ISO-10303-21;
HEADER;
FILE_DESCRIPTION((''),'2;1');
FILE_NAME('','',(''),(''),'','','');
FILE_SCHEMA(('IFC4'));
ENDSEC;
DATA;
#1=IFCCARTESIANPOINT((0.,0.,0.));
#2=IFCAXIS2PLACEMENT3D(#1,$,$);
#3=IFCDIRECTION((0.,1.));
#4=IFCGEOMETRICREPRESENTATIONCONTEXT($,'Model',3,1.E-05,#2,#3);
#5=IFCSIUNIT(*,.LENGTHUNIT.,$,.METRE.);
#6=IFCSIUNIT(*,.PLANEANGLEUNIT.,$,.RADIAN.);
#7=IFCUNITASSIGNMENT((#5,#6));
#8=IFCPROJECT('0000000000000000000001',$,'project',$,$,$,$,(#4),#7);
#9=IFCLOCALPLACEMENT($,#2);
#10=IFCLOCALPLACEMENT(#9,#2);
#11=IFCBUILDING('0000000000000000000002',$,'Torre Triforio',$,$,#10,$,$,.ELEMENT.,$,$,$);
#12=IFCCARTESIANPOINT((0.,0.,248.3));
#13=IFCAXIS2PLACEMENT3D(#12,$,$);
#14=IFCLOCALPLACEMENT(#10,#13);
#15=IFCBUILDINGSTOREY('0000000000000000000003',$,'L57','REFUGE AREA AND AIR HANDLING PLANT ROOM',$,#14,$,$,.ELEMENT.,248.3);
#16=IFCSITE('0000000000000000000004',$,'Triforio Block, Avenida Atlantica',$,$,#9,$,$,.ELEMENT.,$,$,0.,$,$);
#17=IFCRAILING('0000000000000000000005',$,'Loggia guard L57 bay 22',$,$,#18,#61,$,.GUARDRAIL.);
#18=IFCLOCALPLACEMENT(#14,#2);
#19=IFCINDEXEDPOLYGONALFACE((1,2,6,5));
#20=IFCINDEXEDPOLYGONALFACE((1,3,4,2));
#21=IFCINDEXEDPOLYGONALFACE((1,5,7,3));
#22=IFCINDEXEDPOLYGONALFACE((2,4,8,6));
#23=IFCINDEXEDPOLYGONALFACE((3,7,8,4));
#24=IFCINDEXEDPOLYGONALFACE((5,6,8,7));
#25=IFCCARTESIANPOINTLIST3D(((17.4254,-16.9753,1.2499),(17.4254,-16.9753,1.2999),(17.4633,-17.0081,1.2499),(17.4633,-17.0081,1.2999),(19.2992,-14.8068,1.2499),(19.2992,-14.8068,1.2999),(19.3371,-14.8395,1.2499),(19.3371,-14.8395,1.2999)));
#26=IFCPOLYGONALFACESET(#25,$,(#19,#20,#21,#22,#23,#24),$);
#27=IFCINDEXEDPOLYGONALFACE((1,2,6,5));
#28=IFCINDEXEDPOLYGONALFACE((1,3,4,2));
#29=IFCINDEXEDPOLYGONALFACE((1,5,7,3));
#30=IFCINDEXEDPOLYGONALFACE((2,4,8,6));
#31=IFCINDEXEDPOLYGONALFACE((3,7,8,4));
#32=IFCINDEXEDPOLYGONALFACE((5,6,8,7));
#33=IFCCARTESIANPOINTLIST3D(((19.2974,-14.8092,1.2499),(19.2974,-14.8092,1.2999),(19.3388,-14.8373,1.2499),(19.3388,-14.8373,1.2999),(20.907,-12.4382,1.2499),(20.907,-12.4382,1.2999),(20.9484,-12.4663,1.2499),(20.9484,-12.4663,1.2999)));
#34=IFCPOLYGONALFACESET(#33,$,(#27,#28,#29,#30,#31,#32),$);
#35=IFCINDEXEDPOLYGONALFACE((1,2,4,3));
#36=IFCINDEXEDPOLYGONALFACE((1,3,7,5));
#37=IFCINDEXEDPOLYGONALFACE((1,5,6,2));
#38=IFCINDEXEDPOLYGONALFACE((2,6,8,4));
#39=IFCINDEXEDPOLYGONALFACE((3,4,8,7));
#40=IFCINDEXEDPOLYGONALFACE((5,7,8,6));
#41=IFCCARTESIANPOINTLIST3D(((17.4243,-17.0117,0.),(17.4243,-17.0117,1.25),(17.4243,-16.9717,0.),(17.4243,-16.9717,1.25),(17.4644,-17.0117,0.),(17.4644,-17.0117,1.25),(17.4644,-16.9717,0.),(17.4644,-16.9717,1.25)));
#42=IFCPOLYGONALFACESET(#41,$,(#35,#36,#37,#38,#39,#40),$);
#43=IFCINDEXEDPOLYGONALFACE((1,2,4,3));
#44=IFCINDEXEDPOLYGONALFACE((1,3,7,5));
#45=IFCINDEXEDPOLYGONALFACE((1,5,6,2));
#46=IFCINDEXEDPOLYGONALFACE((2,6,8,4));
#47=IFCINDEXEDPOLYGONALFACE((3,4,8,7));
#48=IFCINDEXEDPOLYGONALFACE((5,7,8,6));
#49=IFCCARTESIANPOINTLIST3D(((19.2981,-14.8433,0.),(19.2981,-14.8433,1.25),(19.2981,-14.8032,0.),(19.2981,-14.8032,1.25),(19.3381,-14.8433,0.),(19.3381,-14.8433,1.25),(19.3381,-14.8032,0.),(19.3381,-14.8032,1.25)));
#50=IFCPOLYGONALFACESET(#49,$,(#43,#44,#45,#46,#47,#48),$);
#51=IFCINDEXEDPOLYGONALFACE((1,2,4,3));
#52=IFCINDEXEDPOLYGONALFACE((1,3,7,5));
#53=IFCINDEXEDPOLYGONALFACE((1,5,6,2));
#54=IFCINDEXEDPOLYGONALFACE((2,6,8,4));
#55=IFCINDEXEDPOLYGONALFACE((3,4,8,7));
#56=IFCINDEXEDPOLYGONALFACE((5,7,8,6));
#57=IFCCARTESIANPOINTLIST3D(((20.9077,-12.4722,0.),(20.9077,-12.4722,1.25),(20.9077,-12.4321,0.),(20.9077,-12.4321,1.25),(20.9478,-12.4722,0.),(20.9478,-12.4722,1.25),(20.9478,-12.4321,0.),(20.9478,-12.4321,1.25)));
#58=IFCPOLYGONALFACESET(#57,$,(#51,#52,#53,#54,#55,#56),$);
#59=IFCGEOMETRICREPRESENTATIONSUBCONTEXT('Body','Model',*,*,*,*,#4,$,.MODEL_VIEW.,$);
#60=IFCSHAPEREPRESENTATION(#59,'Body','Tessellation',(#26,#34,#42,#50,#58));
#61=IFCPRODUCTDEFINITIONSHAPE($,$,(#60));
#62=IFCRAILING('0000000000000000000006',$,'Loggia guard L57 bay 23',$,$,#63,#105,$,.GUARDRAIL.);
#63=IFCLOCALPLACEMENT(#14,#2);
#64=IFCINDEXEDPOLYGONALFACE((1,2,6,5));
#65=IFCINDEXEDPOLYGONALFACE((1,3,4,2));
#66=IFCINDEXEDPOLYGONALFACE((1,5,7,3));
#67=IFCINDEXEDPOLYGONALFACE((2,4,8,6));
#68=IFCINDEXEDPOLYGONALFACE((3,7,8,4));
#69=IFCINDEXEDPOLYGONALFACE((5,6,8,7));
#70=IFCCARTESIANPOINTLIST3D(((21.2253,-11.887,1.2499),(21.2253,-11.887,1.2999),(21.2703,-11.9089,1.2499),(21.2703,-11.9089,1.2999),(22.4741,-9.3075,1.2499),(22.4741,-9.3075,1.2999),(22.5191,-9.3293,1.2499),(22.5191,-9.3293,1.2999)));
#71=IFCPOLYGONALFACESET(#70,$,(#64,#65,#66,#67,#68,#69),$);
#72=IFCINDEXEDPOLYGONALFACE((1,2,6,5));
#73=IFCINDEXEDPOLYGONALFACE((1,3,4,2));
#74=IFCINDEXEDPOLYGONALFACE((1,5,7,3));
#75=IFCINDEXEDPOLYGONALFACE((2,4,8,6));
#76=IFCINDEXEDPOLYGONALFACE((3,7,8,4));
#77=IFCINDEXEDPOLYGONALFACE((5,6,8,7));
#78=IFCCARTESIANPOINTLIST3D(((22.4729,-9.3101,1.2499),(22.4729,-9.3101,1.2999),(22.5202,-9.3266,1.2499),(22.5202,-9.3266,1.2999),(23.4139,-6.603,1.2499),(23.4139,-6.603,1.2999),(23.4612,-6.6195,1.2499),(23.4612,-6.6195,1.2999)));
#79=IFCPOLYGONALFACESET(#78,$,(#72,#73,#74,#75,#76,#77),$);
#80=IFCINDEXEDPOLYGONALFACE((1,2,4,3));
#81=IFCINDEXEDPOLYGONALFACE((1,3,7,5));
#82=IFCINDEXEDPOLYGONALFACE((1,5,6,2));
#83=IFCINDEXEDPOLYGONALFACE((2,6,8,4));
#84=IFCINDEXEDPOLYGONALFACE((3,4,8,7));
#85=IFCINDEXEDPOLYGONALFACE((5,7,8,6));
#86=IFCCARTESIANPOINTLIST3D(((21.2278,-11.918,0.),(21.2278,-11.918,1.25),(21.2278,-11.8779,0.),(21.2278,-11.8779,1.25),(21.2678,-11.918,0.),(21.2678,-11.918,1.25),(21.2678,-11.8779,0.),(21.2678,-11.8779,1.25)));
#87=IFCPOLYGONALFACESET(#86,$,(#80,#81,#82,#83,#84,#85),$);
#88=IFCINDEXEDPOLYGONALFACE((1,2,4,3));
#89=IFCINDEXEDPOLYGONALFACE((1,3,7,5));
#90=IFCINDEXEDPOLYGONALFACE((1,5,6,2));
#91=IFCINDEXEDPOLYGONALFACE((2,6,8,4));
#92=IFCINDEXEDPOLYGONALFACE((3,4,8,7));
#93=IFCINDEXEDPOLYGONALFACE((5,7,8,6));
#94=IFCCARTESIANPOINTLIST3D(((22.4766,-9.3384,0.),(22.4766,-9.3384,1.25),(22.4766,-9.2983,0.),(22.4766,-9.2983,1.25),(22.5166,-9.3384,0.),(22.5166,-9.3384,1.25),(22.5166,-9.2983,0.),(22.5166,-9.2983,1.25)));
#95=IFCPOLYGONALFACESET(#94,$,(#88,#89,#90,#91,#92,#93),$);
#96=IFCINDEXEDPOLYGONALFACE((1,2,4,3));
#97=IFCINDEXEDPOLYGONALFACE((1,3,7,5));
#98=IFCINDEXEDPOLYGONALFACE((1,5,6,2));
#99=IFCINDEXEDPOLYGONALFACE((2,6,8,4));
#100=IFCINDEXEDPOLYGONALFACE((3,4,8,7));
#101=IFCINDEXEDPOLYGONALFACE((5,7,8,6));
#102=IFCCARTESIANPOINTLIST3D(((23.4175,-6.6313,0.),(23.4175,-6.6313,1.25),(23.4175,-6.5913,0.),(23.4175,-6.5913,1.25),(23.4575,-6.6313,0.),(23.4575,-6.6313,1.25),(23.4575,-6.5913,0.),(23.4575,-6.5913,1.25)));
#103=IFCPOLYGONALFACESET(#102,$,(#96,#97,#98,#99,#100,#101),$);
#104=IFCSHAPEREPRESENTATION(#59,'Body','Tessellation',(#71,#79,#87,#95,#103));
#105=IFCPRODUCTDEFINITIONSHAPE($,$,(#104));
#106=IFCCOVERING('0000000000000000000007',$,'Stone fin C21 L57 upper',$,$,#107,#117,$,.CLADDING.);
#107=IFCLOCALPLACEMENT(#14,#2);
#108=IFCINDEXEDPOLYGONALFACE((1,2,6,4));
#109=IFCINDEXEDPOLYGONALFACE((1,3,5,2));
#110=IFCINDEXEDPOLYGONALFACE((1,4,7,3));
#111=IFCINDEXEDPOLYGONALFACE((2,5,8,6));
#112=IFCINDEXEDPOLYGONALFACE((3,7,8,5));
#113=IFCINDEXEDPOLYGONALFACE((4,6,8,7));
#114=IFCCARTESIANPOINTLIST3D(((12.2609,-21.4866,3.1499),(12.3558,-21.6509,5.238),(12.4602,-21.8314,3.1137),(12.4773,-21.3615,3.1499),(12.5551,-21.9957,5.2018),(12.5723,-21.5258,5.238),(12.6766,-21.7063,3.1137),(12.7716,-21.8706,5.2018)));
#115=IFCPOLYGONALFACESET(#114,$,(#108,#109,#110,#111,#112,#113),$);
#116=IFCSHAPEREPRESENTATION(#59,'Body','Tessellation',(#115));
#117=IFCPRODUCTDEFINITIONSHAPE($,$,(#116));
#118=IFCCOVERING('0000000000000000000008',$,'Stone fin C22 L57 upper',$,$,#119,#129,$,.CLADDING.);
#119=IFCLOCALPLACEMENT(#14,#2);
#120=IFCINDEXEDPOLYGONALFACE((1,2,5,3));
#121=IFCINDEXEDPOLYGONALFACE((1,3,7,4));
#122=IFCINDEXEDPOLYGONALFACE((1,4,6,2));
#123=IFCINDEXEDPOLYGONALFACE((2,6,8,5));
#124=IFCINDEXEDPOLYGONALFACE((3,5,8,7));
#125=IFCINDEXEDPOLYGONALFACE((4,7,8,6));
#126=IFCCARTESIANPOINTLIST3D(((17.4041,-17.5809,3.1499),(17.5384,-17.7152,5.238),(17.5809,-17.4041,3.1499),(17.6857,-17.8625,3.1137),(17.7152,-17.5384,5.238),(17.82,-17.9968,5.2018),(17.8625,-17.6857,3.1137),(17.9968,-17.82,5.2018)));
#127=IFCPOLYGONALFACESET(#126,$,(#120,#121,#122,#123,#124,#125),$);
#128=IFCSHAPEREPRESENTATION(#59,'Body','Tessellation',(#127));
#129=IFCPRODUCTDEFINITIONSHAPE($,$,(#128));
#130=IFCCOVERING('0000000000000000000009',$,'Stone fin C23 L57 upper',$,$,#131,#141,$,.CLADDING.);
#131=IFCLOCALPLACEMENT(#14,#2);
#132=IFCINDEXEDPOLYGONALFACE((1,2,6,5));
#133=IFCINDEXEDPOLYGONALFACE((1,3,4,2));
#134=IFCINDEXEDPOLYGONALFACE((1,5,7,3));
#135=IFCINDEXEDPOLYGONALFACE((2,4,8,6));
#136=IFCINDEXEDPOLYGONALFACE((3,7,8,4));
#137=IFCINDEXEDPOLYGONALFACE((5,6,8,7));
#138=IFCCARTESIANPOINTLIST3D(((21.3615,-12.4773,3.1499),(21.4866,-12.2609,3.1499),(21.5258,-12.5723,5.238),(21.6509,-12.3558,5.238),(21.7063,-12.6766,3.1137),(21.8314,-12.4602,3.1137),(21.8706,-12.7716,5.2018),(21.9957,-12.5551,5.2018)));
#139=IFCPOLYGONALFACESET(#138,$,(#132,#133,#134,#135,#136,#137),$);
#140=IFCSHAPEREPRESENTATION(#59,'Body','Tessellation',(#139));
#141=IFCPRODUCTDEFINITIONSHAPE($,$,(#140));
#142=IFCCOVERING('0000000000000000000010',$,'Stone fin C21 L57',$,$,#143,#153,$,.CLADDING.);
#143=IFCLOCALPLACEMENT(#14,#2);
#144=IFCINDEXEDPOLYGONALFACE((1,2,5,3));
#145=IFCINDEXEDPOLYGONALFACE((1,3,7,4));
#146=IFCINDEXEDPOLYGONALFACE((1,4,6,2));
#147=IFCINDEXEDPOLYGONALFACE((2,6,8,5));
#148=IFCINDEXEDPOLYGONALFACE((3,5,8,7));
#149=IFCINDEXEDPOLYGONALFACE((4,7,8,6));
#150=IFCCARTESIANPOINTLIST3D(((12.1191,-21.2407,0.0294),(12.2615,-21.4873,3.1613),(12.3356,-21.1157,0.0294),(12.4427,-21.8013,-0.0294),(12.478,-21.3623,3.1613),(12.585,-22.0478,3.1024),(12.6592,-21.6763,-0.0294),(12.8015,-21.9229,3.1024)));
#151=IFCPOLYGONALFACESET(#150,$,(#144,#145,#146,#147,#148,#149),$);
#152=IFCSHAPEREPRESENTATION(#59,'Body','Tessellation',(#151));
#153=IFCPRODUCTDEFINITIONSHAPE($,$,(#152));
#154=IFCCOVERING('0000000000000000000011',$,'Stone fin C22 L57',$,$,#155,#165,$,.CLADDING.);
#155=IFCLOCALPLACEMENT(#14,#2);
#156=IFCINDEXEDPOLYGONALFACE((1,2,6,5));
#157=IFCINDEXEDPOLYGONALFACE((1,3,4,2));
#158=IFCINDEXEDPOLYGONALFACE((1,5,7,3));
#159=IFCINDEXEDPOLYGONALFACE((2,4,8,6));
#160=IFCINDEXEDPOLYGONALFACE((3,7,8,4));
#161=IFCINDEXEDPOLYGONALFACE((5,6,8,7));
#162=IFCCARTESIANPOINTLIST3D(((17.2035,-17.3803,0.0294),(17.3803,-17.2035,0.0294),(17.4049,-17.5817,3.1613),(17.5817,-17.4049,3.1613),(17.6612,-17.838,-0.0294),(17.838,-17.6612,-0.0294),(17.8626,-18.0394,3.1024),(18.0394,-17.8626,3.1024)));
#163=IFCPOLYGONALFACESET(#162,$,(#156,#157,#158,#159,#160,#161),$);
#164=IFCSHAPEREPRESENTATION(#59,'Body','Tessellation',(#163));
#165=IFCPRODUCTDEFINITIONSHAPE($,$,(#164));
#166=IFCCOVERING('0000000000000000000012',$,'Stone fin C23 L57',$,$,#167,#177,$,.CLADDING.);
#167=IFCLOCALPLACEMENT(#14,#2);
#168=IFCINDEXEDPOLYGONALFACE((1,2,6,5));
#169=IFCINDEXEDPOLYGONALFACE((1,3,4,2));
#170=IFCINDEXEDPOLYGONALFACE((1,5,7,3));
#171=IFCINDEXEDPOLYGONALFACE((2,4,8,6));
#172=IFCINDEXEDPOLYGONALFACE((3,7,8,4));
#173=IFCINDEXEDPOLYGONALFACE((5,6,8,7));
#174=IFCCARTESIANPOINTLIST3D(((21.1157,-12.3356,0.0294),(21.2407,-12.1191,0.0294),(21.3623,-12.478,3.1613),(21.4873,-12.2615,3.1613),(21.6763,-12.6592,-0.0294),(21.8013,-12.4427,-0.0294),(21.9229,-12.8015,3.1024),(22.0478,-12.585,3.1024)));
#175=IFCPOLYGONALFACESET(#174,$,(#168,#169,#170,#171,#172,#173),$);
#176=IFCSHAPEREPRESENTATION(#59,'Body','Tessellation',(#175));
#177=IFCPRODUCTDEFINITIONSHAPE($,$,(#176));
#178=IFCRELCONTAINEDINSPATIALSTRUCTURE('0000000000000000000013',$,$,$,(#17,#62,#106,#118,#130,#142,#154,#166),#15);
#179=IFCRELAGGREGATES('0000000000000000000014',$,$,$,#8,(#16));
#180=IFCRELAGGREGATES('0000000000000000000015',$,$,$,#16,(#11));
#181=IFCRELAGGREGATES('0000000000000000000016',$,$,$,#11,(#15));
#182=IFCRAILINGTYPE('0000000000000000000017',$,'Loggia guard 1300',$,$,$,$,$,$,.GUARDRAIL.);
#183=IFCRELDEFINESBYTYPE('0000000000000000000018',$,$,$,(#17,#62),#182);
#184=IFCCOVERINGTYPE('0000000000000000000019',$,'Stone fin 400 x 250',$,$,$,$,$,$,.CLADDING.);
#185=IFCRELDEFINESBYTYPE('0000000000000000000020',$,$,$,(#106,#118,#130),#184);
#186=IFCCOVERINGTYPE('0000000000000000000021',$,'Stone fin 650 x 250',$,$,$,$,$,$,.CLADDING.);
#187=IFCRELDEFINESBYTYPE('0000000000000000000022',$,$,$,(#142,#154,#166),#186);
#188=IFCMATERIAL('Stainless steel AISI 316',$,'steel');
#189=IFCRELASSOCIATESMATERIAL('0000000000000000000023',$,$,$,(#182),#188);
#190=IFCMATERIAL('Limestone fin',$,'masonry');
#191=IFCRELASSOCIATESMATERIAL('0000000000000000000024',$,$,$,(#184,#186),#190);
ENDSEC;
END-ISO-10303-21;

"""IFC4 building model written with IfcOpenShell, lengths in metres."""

from ifc_helpers import new_model, si_unit, direction, frame, origin, origin_2d, place, context, subcontext, project, spatial, rectangle, extrude, material, material_profile, profile_set, type_object, element, save


model = new_model("IFC4")

# Units and contexts
model_context = context("Model", 3, precision=1e-05, world=origin(), true_north=direction((0.0, 1.0)))
body_context = subcontext(model_context, "Body", "Model", "MODEL_VIEW")
ifc_project = project(units=[si_unit("LENGTHUNIT", "METRE"), si_unit("PLANEANGLEUNIT", "RADIAN")], contexts=[model_context])

# Site, building, storey
site_placement = place(None, origin())
site = spatial("IfcSite", under=ifc_project, at=site_placement, Name="Triforio Block, Avenida Atlantica", CompositionType="ELEMENT", RefElevation=0.0)
building_placement = place(site_placement, origin())
building = spatial("IfcBuilding", under=site, at=building_placement, Name="Torre Triforio", CompositionType="ELEMENT")
storey_placement = place(building_placement, frame((0.0, 0.0, 248.3)))
storey = spatial("IfcBuildingStorey", under=building, at=storey_placement, Name="L57", Description="REFUGE AREA AND AIR HANDLING PLANT ROOM", CompositionType="ELEMENT", Elevation=248.3)

# Railings
ifc_material_1 = material(Name="Stainless steel AISI 316", Category="steel")
railing_type = type_object("IfcRailingType", Name="Loggia guard 1300", PredefinedType="GUARDRAIL", material=ifc_material_1)
railing_1_placement = place(storey_placement, frame((17.4443, -16.9917, 0.0)))
element("IfcRailing", 1, at=railing_1_placement, inside=storey, type_object=railing_type, Name="Loggia guard L57 bay 22", PredefinedType="GUARDRAIL", context=body_context, shape_type="SweptSolid", body=[
    extrude(rectangle(XDim=0.05, YDim=0.05, at=origin_2d()), frame((0.0, 0.0, 1.2749), z_axis=(0.653824, 0.756647, 0.0), x_axis=(-0.756647, 0.653824, 0.0)), (0.0, 0.0, 1.0), 2.866),
    extrude(rectangle(XDim=0.05, YDim=0.05, at=origin_2d()), frame((1.8738, 2.1685, 1.2749), z_axis=(0.56166, 0.827368, 0.0), x_axis=(-0.827368, 0.56166, 0.0)), (0.0, 0.0, 1.0), 2.8657),
    extrude(rectangle(XDim=0.04, YDim=0.04, at=origin_2d()), origin(), (0.0, 0.0, 1.0), 1.25),
    extrude(rectangle(XDim=0.04, YDim=0.04, at=origin_2d()), frame((1.8738, 2.1685, 0.0)), (0.0, 0.0, 1.0), 1.25),
    extrude(rectangle(XDim=0.04, YDim=0.04, at=origin_2d()), frame((3.4834, 4.5396, 0.0)), (0.0, 0.0, 1.0), 1.25),
])
railing_2_placement = place(storey_placement, frame((21.2478, -11.8979, 0.0)))
element("IfcRailing", 2, at=railing_2_placement, inside=storey, type_object=railing_type, Name="Loggia guard L57 bay 23", PredefinedType="GUARDRAIL", context=body_context, shape_type="SweptSolid", body=[
    extrude(rectangle(XDim=0.05, YDim=0.05, at=origin_2d()), frame((0.0, 0.0, 1.2749), z_axis=(0.435728, 0.900078, 0.0), x_axis=(-0.900078, 0.435728, 0.0)), (0.0, 0.0, 1.0), 2.866),
    extrude(rectangle(XDim=0.05, YDim=0.05, at=origin_2d()), frame((1.2488, 2.5796, 1.2749), z_axis=(0.328316, 0.944568, 0.0), x_axis=(-0.944568, 0.328316, 0.0)), (0.0, 0.0, 1.0), 2.866),
    extrude(rectangle(XDim=0.04, YDim=0.04, at=origin_2d()), origin(), (0.0, 0.0, 1.0), 1.25),
    extrude(rectangle(XDim=0.04, YDim=0.04, at=origin_2d()), frame((1.2488, 2.5796, 0.0)), (0.0, 0.0, 1.0), 1.25),
    extrude(rectangle(XDim=0.04, YDim=0.04, at=origin_2d()), frame((2.1897, 5.2866, 0.0)), (0.0, 0.0, 1.0), 1.25),
])

# Coverings
ifc_material_2 = material(Name="Limestone fin", Category="masonry")
ifc_material_profile_1 = material_profile(ifc_material_2, rectangle(XDim=0.3999, YDim=0.25, at=origin_2d()), Name="FIN 400x250")
ifc_profile_set_1 = profile_set([ifc_material_profile_1], Name="Limestone fin")
covering_type_1 = type_object("IfcCoveringType", Name="Stone fin 400 x 250", PredefinedType="CLADDING", material=ifc_profile_set_1)
for number, where, z_axis, x_axis, name in (
    (3, (12.4688, -21.5964, 3.1318), (0.045294, -0.078363, 0.995895), (-0.498374, 0.862225, 0.090511), "Stone fin C21 L57 upper"),
    (4, (17.6333, -17.6333, 3.1318), (0.064041, -0.064041, 0.99589), (-0.704201, 0.704201, 0.090567), "Stone fin C22 L57 upper"),
    (5, (21.5964, -12.4688, 3.1318), (0.078363, -0.045294, 0.995895), (-0.862225, 0.498374, 0.090511), "Stone fin C23 L57 upper"),
):
    element("IfcCovering", number, at=place(storey_placement, frame(where, z_axis=z_axis, x_axis=x_axis)), inside=storey, type_object=covering_type_1, Name=name, PredefinedType="CLADDING", context=body_context, shape_type="SweptSolid", body=[
        extrude(rectangle(XDim=0.3999, YDim=0.25, at=origin_2d()), origin(), (0.0, 0.0, 1.0), 2.0967),
    ])
ifc_material_profile_2 = material_profile(ifc_material_2, rectangle(XDim=0.6499, YDim=0.25, at=origin_2d()), Name="FIN 650x250")
ifc_profile_set_2 = profile_set([ifc_material_profile_2], Name="Limestone fin")
covering_type_2 = type_object("IfcCoveringType", Name="Stone fin 650 x 250", PredefinedType="CLADDING", material=ifc_profile_set_2)
for number, where, z_axis, x_axis, name in (
    (6, (12.3892, -21.4585, 0.0), (0.045261, -0.078411, 0.995893), (-0.497867, 0.862515, 0.090536), "Stone fin C21 L57"),
    (7, (17.5208, -17.5208, 0.0), (0.064048, -0.064048, 0.995889), (-0.7042, 0.7042, 0.090578), "Stone fin C22 L57"),
    (8, (21.4585, -12.3892, 0.0), (0.078411, -0.045261, 0.995893), (-0.862515, 0.497867, 0.090536), "Stone fin C23 L57"),
):
    element("IfcCovering", number, at=place(storey_placement, frame(where, z_axis=z_axis, x_axis=x_axis)), inside=storey, type_object=covering_type_2, Name=name, PredefinedType="CLADDING", context=body_context, shape_type="SweptSolid", body=[
        extrude(rectangle(XDim=0.6499, YDim=0.25, at=origin_2d()), origin(), (0.0, 0.0, 1.0), 3.1448),
    ])

save(model, "model.ifc")
